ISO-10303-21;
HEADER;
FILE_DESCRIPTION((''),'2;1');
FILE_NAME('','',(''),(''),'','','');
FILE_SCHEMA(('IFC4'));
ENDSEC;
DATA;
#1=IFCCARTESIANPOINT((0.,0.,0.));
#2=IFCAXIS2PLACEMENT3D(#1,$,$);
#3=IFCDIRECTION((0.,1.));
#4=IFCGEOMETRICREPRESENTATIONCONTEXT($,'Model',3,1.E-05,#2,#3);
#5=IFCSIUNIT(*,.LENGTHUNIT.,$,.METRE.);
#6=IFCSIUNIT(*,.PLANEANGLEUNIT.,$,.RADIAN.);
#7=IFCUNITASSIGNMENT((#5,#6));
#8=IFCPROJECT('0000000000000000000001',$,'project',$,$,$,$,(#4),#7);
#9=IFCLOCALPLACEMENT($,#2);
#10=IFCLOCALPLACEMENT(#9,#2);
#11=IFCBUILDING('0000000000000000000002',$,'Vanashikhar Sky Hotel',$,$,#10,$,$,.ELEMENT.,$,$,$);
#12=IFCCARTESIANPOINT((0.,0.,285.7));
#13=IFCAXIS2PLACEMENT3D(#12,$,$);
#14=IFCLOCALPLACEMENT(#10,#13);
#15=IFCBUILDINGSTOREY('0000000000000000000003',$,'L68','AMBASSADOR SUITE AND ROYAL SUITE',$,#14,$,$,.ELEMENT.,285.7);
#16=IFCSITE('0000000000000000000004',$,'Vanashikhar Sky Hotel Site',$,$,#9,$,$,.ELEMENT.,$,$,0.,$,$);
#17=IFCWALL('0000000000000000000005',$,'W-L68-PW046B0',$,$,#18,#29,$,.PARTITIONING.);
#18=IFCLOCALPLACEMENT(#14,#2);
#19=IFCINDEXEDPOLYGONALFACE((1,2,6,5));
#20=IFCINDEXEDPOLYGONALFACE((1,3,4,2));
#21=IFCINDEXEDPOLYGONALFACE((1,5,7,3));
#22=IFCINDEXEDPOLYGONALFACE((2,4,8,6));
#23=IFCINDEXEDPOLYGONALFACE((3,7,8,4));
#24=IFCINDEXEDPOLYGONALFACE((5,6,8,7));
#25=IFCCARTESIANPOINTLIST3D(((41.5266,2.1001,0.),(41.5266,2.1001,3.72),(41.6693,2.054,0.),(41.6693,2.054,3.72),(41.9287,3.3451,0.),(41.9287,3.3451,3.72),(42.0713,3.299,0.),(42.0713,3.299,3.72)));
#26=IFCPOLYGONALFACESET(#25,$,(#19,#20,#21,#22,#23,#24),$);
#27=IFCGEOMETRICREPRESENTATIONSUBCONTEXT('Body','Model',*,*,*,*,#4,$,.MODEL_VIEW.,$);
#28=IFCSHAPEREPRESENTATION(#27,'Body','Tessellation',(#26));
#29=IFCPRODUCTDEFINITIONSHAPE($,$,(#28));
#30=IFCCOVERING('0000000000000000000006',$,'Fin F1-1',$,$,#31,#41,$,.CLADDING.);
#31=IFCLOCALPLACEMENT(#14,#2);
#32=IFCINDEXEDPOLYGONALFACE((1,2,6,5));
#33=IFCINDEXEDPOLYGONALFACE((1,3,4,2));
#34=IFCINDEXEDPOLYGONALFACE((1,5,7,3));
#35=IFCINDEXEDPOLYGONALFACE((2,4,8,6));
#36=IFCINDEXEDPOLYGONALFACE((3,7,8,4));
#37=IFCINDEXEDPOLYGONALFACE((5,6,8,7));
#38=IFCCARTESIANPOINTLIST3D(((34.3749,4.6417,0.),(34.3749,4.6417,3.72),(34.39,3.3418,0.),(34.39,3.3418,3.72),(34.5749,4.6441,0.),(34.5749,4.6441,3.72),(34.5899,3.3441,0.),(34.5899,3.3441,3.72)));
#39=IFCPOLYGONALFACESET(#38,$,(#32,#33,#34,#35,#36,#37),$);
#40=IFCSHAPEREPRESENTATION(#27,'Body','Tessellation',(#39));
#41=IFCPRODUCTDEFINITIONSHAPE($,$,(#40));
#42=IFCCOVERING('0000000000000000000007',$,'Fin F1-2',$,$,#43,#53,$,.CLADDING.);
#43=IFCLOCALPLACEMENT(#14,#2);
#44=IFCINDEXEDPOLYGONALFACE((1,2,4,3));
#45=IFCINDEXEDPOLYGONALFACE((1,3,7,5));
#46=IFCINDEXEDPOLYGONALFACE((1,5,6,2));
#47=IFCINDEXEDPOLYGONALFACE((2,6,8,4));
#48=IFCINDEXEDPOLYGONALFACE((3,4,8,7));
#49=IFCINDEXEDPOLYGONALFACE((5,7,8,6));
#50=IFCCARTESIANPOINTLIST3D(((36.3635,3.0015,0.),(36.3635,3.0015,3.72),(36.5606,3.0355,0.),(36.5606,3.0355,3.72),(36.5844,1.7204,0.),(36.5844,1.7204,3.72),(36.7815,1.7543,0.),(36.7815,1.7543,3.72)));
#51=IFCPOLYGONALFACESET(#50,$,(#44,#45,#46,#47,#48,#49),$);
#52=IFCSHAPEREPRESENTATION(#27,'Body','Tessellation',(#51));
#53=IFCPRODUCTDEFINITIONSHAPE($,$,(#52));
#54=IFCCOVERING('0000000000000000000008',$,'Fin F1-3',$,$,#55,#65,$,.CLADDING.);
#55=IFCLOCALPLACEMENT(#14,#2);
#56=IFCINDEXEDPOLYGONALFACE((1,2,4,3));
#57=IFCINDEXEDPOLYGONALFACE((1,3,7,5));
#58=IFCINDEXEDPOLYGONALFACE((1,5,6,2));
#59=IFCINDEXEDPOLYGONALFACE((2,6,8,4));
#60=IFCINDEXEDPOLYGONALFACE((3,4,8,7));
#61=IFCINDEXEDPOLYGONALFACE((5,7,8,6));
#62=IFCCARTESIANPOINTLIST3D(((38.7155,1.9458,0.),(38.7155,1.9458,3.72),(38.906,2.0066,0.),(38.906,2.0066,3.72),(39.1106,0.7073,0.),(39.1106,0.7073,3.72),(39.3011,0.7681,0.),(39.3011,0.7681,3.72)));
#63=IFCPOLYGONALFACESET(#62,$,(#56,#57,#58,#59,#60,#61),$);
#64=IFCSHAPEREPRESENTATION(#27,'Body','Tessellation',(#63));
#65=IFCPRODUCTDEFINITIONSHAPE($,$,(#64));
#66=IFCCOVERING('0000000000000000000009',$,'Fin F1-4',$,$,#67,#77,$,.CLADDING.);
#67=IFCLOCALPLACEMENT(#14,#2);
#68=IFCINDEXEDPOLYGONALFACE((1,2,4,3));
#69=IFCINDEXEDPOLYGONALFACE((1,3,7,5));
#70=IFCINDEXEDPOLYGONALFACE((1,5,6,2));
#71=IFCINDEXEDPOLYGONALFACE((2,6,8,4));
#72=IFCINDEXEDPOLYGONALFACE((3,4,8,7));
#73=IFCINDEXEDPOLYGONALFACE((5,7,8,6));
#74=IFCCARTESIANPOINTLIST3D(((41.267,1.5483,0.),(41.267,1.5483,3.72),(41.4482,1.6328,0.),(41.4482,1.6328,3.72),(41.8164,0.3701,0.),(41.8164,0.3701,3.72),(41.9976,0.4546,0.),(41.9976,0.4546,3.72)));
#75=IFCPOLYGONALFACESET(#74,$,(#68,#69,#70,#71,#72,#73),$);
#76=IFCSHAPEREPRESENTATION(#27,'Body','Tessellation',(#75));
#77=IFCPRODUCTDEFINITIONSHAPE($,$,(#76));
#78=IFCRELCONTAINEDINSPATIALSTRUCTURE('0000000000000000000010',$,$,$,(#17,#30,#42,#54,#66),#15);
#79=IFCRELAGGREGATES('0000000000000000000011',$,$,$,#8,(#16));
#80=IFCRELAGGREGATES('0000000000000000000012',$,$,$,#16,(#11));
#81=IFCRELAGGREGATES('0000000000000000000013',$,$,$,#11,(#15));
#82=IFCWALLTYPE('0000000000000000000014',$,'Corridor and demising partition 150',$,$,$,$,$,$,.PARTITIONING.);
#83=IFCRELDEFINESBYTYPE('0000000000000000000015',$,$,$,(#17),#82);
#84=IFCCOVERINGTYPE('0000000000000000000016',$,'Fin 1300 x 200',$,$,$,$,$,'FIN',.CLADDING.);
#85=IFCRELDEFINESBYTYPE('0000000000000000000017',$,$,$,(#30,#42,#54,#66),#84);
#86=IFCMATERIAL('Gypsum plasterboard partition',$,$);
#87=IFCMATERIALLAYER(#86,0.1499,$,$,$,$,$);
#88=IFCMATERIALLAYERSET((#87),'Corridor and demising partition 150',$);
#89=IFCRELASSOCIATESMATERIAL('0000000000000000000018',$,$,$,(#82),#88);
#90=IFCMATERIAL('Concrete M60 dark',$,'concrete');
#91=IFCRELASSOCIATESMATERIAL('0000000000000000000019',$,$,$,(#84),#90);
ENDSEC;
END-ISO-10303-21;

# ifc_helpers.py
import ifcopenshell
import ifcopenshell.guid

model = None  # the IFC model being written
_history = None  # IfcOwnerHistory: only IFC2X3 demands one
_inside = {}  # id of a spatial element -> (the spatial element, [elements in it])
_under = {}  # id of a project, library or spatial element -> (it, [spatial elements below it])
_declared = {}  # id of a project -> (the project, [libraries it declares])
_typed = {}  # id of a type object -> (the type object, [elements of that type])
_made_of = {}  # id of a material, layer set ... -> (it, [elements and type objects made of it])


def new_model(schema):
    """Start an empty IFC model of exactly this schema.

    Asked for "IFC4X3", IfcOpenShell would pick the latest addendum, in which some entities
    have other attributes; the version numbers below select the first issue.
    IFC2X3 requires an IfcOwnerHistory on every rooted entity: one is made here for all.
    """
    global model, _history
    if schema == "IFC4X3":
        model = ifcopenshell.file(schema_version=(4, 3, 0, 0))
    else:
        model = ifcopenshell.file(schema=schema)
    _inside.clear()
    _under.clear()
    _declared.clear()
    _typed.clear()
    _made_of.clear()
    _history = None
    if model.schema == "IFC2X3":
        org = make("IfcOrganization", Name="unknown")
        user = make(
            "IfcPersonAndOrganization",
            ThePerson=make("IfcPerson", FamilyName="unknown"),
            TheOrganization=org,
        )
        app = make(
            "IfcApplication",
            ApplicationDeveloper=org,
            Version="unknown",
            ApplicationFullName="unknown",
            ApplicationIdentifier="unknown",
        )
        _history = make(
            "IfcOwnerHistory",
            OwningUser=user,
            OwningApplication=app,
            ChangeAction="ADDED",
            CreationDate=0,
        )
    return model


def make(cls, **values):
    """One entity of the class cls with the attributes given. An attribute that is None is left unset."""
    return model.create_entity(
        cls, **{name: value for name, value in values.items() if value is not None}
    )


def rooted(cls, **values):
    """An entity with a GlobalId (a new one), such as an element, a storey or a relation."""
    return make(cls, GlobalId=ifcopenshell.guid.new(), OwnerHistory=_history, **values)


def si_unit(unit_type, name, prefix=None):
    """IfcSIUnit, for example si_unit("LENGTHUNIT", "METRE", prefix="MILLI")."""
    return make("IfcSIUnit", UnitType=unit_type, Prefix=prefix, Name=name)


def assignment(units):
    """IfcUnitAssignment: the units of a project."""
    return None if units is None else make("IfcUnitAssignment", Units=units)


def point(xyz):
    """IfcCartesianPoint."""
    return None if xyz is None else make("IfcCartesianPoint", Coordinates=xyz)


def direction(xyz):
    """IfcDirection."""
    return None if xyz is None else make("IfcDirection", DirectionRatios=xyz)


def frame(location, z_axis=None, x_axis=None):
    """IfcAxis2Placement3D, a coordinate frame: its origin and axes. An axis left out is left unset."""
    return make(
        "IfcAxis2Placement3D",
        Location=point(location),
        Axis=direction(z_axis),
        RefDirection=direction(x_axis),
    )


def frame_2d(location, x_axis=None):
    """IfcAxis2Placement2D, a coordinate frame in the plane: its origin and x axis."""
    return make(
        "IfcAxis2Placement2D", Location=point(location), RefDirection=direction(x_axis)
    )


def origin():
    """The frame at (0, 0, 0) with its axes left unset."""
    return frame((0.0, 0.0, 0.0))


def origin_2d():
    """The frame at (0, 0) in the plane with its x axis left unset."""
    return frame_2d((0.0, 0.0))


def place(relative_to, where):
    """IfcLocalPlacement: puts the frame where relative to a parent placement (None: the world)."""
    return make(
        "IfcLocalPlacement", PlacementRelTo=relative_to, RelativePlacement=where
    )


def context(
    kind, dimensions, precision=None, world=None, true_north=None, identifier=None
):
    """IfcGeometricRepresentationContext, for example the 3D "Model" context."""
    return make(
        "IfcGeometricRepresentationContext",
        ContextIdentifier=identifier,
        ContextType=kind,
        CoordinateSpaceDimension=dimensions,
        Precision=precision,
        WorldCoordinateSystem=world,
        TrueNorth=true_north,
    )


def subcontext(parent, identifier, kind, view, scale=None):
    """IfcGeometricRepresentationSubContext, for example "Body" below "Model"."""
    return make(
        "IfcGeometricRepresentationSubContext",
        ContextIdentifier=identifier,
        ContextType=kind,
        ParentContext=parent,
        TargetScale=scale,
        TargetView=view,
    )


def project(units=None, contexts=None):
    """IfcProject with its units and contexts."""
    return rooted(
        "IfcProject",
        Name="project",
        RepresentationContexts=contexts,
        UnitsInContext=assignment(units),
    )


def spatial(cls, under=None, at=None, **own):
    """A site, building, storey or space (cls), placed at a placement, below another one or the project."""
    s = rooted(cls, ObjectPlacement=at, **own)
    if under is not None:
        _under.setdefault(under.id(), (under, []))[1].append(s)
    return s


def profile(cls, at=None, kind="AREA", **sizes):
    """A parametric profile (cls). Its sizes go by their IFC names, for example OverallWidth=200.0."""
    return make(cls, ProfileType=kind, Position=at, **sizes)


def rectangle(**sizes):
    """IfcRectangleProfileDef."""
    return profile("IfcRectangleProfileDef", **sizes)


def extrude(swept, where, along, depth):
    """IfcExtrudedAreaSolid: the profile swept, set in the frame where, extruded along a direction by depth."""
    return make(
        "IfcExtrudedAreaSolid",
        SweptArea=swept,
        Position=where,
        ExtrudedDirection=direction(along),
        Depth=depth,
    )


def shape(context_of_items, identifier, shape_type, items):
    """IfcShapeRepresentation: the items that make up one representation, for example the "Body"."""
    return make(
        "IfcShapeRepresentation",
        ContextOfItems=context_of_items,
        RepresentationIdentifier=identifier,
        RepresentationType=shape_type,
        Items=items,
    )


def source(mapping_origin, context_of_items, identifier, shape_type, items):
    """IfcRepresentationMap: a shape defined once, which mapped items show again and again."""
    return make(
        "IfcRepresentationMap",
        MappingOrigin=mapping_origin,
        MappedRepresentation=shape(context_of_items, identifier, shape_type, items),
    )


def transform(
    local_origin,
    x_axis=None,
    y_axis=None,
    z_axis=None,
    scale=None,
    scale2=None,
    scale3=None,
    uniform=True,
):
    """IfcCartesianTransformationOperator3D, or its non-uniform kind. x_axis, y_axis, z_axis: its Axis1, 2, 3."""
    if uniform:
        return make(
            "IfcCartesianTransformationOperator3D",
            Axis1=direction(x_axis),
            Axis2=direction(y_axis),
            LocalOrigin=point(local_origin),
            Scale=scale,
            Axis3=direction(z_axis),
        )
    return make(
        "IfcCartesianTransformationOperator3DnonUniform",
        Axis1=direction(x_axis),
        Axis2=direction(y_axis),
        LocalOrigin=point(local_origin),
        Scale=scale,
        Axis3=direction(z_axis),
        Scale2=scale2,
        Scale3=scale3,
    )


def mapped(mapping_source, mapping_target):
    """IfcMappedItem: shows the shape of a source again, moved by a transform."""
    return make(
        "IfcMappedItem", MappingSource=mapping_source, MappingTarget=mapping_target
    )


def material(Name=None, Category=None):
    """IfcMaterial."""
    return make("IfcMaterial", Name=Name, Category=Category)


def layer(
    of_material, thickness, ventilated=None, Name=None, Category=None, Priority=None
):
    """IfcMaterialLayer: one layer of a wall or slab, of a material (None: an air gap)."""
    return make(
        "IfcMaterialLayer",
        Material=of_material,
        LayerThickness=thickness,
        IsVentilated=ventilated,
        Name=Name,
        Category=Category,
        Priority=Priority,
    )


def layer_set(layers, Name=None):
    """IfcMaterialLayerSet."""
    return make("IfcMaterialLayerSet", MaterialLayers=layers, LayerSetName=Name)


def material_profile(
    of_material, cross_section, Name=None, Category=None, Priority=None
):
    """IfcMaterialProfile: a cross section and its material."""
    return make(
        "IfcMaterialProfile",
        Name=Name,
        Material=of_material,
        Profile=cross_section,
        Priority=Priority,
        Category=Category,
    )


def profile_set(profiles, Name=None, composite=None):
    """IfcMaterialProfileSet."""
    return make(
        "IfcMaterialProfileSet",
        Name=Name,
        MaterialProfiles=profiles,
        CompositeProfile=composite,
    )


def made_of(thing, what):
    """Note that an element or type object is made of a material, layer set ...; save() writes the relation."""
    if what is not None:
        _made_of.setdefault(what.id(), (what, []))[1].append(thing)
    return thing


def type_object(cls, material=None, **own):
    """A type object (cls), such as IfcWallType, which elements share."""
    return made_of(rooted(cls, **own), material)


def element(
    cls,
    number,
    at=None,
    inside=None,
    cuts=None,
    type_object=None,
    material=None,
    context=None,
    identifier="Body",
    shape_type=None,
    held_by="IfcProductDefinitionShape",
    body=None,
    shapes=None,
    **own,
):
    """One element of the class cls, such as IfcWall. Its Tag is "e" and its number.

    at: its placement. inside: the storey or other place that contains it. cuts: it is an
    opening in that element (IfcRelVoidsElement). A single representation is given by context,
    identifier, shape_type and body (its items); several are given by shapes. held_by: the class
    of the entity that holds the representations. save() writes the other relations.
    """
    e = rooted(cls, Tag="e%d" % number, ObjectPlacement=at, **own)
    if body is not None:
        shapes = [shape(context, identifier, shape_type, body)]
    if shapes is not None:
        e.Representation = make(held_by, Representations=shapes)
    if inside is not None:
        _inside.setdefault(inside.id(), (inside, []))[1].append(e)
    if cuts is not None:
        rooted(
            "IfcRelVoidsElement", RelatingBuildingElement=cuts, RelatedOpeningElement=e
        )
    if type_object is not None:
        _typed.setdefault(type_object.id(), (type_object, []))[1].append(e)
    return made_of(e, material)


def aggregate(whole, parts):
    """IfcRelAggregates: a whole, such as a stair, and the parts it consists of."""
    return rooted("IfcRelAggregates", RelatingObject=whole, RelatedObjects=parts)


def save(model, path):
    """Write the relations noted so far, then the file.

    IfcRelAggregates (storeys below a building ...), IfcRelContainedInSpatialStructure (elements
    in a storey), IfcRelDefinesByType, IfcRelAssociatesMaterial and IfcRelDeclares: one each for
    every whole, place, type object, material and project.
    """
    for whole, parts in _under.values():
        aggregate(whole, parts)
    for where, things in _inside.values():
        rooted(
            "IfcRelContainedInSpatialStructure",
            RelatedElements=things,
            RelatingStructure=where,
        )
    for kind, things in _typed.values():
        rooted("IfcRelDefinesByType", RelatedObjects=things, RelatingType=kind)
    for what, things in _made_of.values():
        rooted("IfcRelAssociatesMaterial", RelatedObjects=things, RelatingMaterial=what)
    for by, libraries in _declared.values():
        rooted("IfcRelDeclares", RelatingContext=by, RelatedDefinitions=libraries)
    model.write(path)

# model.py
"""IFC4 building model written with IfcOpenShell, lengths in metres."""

from ifc_helpers import new_model, si_unit, direction, frame, frame_2d, origin, origin_2d, place, context, subcontext, project, spatial, rectangle, extrude, source, transform, mapped, material, layer, layer_set, material_profile, profile_set, type_object, element, save


model = new_model("IFC4")

# Units and contexts
model_context = context("Model", 3, precision=1e-05, world=origin(), true_north=direction((0.0, 1.0)))
body_context = subcontext(model_context, "Body", "Model", "MODEL_VIEW")
ifc_project = project(units=[si_unit("LENGTHUNIT", "METRE"), si_unit("PLANEANGLEUNIT", "RADIAN")], contexts=[model_context])

# Site, building, storey
site_placement = place(None, origin())
site = spatial("IfcSite", under=ifc_project, at=site_placement, Name="Vanashikhar Sky Hotel Site", CompositionType="ELEMENT", RefElevation=0.0)
building_placement = place(site_placement, origin())
building = spatial("IfcBuilding", under=site, at=building_placement, Name="Vanashikhar Sky Hotel", CompositionType="ELEMENT")
storey_placement = place(building_placement, frame((0.0, 0.0, 285.7)))
storey = spatial("IfcBuildingStorey", under=building, at=storey_placement, Name="L68", Description="AMBASSADOR SUITE AND ROYAL SUITE", CompositionType="ELEMENT", Elevation=285.7)

# Shared definitions
ifc_material_1 = material(Name="Gypsum plasterboard partition")

# Wall
ifc_layer_1 = layer(ifc_material_1, 0.1499)
ifc_layer_set_1 = layer_set([ifc_layer_1], Name="Corridor and demising partition 150")
wall_type_1 = type_object("IfcWallType", Name="Corridor and demising partition 150", PredefinedType="PARTITIONING", material=ifc_layer_set_1)
shared_shape_1 = source(origin(), body_context, "Body", "SweptSolid", [
    extrude(rectangle(XDim=1.3083, YDim=0.1499, at=frame_2d((0.6543, 0.0))), origin(), (0.0, 0.0, 1.0), 3.72),
])
wall_1_placement = place(storey_placement, frame((41.5979, 2.0769, 0.0), z_axis=(0.0, 0.0, 1.0), x_axis=(0.307314, 0.951608, 0.0)))
element("IfcWall", 1, at=wall_1_placement, inside=storey, type_object=wall_type_1, Name="W-L68-PW046B0", PredefinedType="PARTITIONING", context=body_context, shape_type="MappedRepresentation", body=[
    mapped(shared_shape_1, transform((0.0, 0.0, 0.0), scale=1.0)),
])

# Coverings
ifc_material_2 = material(Name="Concrete M60 dark", Category="concrete")
ifc_material_profile = material_profile(ifc_material_2, rectangle(XDim=1.3, YDim=0.2, at=origin_2d()))
ifc_profile_set = profile_set([ifc_material_profile], Name="Fin 1300 x 200")
covering_type = type_object("IfcCoveringType", Name="Fin 1300 x 200", ElementType="FIN", PredefinedType="CLADDING", material=ifc_profile_set)
shared_shape_2 = source(origin(), body_context, "Body", "SweptSolid", [
    extrude(rectangle(XDim=1.3, YDim=0.2, at=origin_2d()), origin(), (0.0, 0.0, 1.0), 3.72),
])
for number, where, z_axis, x_axis, name in (
    (2, (34.4824, 3.9929, 0.0), (0.0, 0.0, 1.0), (0.011589, -0.999933, 0.0), "Fin F1-1"),
    (3, (36.5725, 2.3779, 0.0), (0.0, 0.0, 1.0), (0.1699, -0.985461, 0.0), "Fin F1-2"),
    (4, (39.0083, 1.3569, 0.0), (0.0, 0.0, 1.0), (0.303967, -0.952683, 0.0), "Fin F1-3"),
    (5, (41.6323, 1.0015, 0.0), (0.0, 0.0, 1.0), (0.422618, -0.906308, 0.0), "Fin F1-4"),
):
    element("IfcCovering", number, at=place(storey_placement, frame(where, z_axis=z_axis, x_axis=x_axis)), inside=storey, type_object=covering_type, Name=name, PredefinedType="CLADDING", context=body_context, shape_type="MappedRepresentation", body=[
        mapped(shared_shape_2, transform((0.0, 0.0, 0.0), scale=1.0)),
    ])

save(model, "model.ifc")
